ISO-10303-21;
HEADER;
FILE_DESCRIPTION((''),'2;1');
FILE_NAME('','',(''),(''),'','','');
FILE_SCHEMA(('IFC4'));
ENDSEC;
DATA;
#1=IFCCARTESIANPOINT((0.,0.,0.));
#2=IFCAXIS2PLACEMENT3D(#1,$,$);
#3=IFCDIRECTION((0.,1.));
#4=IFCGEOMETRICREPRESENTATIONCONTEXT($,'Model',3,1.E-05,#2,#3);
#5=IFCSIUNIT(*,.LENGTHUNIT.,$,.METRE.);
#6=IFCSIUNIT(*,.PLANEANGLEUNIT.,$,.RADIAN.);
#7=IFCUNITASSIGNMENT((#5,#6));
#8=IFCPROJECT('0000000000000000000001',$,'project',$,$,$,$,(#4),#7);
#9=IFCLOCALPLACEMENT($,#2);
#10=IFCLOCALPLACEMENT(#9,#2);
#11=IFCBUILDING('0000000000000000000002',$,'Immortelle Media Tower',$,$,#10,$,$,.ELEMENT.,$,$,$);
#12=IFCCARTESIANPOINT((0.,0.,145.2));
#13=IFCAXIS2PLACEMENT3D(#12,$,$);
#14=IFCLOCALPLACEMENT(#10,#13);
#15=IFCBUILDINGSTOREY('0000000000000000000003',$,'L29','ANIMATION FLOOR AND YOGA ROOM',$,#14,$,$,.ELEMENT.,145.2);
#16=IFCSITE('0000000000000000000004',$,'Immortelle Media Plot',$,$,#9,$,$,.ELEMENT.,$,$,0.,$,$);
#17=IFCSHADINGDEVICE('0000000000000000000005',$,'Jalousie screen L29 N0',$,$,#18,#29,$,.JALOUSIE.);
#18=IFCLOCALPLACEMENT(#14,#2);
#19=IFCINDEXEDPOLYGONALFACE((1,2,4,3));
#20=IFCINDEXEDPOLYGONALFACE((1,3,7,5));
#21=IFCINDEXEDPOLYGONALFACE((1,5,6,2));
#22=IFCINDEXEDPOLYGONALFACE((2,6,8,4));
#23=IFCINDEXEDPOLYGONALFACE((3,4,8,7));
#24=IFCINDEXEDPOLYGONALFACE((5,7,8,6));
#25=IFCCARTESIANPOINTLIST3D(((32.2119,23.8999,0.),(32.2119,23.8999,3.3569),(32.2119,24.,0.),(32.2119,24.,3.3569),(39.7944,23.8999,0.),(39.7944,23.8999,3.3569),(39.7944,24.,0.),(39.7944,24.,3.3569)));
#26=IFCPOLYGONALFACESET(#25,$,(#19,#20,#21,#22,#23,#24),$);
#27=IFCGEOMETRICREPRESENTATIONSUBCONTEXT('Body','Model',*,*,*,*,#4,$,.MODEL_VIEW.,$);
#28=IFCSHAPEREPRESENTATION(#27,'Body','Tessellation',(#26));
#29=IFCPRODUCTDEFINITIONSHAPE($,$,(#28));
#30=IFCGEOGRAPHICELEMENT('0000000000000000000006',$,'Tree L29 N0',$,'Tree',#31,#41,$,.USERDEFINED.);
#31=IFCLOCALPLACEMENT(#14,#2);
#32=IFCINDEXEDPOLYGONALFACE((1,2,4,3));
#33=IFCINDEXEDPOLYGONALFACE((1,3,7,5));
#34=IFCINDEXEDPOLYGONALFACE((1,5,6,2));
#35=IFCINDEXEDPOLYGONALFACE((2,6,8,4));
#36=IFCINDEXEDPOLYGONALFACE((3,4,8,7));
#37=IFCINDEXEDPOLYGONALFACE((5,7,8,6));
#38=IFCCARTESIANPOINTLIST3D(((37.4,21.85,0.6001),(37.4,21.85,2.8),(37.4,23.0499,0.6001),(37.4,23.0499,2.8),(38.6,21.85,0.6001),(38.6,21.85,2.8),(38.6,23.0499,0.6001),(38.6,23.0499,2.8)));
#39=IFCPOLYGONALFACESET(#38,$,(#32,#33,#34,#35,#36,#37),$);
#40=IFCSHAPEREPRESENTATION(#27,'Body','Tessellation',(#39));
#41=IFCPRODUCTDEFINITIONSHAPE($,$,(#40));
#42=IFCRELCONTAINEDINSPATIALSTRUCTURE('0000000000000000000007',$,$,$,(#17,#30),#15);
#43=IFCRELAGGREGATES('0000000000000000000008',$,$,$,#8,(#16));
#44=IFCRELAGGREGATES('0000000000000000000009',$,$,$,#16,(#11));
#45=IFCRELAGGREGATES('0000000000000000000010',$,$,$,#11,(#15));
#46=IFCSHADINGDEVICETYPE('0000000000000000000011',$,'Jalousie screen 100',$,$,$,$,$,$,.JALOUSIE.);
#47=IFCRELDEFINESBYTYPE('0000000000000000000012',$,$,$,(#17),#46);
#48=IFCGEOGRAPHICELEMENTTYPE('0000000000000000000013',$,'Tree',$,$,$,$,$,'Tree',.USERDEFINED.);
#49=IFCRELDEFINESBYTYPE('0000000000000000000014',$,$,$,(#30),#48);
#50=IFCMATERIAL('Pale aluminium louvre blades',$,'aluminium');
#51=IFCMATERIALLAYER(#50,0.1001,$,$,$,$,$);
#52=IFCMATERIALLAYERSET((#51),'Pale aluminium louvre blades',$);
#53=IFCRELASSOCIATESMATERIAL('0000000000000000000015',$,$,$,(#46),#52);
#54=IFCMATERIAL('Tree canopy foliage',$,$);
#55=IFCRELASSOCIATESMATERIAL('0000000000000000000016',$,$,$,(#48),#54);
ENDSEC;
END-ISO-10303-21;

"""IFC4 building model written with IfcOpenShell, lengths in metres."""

from ifc_helpers import new_model, si_unit, direction, frame, origin, origin_2d, place, context, subcontext, project, spatial, rectangle, extrude, material, layer, layer_set, type_object, element, save


model = new_model("IFC4")

# Units and contexts
model_context = context("Model", 3, precision=1e-05, world=origin(), true_north=direction((0.0, 1.0)))
body_context = subcontext(model_context, "Body", "Model", "MODEL_VIEW")
ifc_project = project(units=[si_unit("LENGTHUNIT", "METRE"), si_unit("PLANEANGLEUNIT", "RADIAN")], contexts=[model_context])

# Site, building, storey
site_placement = place(None, origin())
site = spatial("IfcSite", under=ifc_project, at=site_placement, Name="Immortelle Media Plot", CompositionType="ELEMENT", RefElevation=0.0)
building_placement = place(site_placement, origin())
building = spatial("IfcBuilding", under=site, at=building_placement, Name="Immortelle Media Tower", CompositionType="ELEMENT")
storey_placement = place(building_placement, frame((0.0, 0.0, 145.2)))
storey = spatial("IfcBuildingStorey", under=building, at=storey_placement, Name="L29", Description="ANIMATION FLOOR AND YOGA ROOM", CompositionType="ELEMENT", Elevation=145.2)

# Shading device
ifc_material_1 = material(Name="Pale aluminium louvre blades", Category="aluminium")
ifc_layer_1 = layer(ifc_material_1, 0.1001)
ifc_layer_set_1 = layer_set([ifc_layer_1], Name="Pale aluminium louvre blades")
shading_device_type = type_object("IfcShadingDeviceType", Name="Jalousie screen 100", PredefinedType="JALOUSIE", material=ifc_layer_set_1)
shading_device_placement = place(storey_placement, frame((36.0032, 23.95, 0.0), z_axis=(0.0, 0.0, 1.0), x_axis=(-1.0, 0.0, 0.0)))
element("IfcShadingDevice", 1, at=shading_device_placement, inside=storey, type_object=shading_device_type, Name="Jalousie screen L29 N0", PredefinedType="JALOUSIE", context=body_context, shape_type="SweptSolid", body=[
    extrude(rectangle(XDim=7.5825, YDim=0.1001, at=origin_2d()), origin(), (0.0, 0.0, 1.0), 3.3569),
])

# Geographic element
ifc_material_2 = material(Name="Tree canopy foliage")
geographic_element_type = type_object("IfcGeographicElementType", Name="Tree", ElementType="Tree", PredefinedType="USERDEFINED", material=ifc_material_2)
geographic_element_placement = place(storey_placement, frame((38.0, 22.45, 0.6001), z_axis=(0.0, 0.0, 1.0), x_axis=(1.0, 0.0, 0.0)))
element("IfcGeographicElement", 2, at=geographic_element_placement, inside=storey, type_object=geographic_element_type, Name="Tree L29 N0", ObjectType="Tree", PredefinedType="USERDEFINED", context=body_context, shape_type="SweptSolid", body=[
    extrude(rectangle(XDim=1.2, YDim=1.2, at=origin_2d()), origin(), (0.0, 0.0, 1.0), 2.2),
])

save(model, "model.ifc")
